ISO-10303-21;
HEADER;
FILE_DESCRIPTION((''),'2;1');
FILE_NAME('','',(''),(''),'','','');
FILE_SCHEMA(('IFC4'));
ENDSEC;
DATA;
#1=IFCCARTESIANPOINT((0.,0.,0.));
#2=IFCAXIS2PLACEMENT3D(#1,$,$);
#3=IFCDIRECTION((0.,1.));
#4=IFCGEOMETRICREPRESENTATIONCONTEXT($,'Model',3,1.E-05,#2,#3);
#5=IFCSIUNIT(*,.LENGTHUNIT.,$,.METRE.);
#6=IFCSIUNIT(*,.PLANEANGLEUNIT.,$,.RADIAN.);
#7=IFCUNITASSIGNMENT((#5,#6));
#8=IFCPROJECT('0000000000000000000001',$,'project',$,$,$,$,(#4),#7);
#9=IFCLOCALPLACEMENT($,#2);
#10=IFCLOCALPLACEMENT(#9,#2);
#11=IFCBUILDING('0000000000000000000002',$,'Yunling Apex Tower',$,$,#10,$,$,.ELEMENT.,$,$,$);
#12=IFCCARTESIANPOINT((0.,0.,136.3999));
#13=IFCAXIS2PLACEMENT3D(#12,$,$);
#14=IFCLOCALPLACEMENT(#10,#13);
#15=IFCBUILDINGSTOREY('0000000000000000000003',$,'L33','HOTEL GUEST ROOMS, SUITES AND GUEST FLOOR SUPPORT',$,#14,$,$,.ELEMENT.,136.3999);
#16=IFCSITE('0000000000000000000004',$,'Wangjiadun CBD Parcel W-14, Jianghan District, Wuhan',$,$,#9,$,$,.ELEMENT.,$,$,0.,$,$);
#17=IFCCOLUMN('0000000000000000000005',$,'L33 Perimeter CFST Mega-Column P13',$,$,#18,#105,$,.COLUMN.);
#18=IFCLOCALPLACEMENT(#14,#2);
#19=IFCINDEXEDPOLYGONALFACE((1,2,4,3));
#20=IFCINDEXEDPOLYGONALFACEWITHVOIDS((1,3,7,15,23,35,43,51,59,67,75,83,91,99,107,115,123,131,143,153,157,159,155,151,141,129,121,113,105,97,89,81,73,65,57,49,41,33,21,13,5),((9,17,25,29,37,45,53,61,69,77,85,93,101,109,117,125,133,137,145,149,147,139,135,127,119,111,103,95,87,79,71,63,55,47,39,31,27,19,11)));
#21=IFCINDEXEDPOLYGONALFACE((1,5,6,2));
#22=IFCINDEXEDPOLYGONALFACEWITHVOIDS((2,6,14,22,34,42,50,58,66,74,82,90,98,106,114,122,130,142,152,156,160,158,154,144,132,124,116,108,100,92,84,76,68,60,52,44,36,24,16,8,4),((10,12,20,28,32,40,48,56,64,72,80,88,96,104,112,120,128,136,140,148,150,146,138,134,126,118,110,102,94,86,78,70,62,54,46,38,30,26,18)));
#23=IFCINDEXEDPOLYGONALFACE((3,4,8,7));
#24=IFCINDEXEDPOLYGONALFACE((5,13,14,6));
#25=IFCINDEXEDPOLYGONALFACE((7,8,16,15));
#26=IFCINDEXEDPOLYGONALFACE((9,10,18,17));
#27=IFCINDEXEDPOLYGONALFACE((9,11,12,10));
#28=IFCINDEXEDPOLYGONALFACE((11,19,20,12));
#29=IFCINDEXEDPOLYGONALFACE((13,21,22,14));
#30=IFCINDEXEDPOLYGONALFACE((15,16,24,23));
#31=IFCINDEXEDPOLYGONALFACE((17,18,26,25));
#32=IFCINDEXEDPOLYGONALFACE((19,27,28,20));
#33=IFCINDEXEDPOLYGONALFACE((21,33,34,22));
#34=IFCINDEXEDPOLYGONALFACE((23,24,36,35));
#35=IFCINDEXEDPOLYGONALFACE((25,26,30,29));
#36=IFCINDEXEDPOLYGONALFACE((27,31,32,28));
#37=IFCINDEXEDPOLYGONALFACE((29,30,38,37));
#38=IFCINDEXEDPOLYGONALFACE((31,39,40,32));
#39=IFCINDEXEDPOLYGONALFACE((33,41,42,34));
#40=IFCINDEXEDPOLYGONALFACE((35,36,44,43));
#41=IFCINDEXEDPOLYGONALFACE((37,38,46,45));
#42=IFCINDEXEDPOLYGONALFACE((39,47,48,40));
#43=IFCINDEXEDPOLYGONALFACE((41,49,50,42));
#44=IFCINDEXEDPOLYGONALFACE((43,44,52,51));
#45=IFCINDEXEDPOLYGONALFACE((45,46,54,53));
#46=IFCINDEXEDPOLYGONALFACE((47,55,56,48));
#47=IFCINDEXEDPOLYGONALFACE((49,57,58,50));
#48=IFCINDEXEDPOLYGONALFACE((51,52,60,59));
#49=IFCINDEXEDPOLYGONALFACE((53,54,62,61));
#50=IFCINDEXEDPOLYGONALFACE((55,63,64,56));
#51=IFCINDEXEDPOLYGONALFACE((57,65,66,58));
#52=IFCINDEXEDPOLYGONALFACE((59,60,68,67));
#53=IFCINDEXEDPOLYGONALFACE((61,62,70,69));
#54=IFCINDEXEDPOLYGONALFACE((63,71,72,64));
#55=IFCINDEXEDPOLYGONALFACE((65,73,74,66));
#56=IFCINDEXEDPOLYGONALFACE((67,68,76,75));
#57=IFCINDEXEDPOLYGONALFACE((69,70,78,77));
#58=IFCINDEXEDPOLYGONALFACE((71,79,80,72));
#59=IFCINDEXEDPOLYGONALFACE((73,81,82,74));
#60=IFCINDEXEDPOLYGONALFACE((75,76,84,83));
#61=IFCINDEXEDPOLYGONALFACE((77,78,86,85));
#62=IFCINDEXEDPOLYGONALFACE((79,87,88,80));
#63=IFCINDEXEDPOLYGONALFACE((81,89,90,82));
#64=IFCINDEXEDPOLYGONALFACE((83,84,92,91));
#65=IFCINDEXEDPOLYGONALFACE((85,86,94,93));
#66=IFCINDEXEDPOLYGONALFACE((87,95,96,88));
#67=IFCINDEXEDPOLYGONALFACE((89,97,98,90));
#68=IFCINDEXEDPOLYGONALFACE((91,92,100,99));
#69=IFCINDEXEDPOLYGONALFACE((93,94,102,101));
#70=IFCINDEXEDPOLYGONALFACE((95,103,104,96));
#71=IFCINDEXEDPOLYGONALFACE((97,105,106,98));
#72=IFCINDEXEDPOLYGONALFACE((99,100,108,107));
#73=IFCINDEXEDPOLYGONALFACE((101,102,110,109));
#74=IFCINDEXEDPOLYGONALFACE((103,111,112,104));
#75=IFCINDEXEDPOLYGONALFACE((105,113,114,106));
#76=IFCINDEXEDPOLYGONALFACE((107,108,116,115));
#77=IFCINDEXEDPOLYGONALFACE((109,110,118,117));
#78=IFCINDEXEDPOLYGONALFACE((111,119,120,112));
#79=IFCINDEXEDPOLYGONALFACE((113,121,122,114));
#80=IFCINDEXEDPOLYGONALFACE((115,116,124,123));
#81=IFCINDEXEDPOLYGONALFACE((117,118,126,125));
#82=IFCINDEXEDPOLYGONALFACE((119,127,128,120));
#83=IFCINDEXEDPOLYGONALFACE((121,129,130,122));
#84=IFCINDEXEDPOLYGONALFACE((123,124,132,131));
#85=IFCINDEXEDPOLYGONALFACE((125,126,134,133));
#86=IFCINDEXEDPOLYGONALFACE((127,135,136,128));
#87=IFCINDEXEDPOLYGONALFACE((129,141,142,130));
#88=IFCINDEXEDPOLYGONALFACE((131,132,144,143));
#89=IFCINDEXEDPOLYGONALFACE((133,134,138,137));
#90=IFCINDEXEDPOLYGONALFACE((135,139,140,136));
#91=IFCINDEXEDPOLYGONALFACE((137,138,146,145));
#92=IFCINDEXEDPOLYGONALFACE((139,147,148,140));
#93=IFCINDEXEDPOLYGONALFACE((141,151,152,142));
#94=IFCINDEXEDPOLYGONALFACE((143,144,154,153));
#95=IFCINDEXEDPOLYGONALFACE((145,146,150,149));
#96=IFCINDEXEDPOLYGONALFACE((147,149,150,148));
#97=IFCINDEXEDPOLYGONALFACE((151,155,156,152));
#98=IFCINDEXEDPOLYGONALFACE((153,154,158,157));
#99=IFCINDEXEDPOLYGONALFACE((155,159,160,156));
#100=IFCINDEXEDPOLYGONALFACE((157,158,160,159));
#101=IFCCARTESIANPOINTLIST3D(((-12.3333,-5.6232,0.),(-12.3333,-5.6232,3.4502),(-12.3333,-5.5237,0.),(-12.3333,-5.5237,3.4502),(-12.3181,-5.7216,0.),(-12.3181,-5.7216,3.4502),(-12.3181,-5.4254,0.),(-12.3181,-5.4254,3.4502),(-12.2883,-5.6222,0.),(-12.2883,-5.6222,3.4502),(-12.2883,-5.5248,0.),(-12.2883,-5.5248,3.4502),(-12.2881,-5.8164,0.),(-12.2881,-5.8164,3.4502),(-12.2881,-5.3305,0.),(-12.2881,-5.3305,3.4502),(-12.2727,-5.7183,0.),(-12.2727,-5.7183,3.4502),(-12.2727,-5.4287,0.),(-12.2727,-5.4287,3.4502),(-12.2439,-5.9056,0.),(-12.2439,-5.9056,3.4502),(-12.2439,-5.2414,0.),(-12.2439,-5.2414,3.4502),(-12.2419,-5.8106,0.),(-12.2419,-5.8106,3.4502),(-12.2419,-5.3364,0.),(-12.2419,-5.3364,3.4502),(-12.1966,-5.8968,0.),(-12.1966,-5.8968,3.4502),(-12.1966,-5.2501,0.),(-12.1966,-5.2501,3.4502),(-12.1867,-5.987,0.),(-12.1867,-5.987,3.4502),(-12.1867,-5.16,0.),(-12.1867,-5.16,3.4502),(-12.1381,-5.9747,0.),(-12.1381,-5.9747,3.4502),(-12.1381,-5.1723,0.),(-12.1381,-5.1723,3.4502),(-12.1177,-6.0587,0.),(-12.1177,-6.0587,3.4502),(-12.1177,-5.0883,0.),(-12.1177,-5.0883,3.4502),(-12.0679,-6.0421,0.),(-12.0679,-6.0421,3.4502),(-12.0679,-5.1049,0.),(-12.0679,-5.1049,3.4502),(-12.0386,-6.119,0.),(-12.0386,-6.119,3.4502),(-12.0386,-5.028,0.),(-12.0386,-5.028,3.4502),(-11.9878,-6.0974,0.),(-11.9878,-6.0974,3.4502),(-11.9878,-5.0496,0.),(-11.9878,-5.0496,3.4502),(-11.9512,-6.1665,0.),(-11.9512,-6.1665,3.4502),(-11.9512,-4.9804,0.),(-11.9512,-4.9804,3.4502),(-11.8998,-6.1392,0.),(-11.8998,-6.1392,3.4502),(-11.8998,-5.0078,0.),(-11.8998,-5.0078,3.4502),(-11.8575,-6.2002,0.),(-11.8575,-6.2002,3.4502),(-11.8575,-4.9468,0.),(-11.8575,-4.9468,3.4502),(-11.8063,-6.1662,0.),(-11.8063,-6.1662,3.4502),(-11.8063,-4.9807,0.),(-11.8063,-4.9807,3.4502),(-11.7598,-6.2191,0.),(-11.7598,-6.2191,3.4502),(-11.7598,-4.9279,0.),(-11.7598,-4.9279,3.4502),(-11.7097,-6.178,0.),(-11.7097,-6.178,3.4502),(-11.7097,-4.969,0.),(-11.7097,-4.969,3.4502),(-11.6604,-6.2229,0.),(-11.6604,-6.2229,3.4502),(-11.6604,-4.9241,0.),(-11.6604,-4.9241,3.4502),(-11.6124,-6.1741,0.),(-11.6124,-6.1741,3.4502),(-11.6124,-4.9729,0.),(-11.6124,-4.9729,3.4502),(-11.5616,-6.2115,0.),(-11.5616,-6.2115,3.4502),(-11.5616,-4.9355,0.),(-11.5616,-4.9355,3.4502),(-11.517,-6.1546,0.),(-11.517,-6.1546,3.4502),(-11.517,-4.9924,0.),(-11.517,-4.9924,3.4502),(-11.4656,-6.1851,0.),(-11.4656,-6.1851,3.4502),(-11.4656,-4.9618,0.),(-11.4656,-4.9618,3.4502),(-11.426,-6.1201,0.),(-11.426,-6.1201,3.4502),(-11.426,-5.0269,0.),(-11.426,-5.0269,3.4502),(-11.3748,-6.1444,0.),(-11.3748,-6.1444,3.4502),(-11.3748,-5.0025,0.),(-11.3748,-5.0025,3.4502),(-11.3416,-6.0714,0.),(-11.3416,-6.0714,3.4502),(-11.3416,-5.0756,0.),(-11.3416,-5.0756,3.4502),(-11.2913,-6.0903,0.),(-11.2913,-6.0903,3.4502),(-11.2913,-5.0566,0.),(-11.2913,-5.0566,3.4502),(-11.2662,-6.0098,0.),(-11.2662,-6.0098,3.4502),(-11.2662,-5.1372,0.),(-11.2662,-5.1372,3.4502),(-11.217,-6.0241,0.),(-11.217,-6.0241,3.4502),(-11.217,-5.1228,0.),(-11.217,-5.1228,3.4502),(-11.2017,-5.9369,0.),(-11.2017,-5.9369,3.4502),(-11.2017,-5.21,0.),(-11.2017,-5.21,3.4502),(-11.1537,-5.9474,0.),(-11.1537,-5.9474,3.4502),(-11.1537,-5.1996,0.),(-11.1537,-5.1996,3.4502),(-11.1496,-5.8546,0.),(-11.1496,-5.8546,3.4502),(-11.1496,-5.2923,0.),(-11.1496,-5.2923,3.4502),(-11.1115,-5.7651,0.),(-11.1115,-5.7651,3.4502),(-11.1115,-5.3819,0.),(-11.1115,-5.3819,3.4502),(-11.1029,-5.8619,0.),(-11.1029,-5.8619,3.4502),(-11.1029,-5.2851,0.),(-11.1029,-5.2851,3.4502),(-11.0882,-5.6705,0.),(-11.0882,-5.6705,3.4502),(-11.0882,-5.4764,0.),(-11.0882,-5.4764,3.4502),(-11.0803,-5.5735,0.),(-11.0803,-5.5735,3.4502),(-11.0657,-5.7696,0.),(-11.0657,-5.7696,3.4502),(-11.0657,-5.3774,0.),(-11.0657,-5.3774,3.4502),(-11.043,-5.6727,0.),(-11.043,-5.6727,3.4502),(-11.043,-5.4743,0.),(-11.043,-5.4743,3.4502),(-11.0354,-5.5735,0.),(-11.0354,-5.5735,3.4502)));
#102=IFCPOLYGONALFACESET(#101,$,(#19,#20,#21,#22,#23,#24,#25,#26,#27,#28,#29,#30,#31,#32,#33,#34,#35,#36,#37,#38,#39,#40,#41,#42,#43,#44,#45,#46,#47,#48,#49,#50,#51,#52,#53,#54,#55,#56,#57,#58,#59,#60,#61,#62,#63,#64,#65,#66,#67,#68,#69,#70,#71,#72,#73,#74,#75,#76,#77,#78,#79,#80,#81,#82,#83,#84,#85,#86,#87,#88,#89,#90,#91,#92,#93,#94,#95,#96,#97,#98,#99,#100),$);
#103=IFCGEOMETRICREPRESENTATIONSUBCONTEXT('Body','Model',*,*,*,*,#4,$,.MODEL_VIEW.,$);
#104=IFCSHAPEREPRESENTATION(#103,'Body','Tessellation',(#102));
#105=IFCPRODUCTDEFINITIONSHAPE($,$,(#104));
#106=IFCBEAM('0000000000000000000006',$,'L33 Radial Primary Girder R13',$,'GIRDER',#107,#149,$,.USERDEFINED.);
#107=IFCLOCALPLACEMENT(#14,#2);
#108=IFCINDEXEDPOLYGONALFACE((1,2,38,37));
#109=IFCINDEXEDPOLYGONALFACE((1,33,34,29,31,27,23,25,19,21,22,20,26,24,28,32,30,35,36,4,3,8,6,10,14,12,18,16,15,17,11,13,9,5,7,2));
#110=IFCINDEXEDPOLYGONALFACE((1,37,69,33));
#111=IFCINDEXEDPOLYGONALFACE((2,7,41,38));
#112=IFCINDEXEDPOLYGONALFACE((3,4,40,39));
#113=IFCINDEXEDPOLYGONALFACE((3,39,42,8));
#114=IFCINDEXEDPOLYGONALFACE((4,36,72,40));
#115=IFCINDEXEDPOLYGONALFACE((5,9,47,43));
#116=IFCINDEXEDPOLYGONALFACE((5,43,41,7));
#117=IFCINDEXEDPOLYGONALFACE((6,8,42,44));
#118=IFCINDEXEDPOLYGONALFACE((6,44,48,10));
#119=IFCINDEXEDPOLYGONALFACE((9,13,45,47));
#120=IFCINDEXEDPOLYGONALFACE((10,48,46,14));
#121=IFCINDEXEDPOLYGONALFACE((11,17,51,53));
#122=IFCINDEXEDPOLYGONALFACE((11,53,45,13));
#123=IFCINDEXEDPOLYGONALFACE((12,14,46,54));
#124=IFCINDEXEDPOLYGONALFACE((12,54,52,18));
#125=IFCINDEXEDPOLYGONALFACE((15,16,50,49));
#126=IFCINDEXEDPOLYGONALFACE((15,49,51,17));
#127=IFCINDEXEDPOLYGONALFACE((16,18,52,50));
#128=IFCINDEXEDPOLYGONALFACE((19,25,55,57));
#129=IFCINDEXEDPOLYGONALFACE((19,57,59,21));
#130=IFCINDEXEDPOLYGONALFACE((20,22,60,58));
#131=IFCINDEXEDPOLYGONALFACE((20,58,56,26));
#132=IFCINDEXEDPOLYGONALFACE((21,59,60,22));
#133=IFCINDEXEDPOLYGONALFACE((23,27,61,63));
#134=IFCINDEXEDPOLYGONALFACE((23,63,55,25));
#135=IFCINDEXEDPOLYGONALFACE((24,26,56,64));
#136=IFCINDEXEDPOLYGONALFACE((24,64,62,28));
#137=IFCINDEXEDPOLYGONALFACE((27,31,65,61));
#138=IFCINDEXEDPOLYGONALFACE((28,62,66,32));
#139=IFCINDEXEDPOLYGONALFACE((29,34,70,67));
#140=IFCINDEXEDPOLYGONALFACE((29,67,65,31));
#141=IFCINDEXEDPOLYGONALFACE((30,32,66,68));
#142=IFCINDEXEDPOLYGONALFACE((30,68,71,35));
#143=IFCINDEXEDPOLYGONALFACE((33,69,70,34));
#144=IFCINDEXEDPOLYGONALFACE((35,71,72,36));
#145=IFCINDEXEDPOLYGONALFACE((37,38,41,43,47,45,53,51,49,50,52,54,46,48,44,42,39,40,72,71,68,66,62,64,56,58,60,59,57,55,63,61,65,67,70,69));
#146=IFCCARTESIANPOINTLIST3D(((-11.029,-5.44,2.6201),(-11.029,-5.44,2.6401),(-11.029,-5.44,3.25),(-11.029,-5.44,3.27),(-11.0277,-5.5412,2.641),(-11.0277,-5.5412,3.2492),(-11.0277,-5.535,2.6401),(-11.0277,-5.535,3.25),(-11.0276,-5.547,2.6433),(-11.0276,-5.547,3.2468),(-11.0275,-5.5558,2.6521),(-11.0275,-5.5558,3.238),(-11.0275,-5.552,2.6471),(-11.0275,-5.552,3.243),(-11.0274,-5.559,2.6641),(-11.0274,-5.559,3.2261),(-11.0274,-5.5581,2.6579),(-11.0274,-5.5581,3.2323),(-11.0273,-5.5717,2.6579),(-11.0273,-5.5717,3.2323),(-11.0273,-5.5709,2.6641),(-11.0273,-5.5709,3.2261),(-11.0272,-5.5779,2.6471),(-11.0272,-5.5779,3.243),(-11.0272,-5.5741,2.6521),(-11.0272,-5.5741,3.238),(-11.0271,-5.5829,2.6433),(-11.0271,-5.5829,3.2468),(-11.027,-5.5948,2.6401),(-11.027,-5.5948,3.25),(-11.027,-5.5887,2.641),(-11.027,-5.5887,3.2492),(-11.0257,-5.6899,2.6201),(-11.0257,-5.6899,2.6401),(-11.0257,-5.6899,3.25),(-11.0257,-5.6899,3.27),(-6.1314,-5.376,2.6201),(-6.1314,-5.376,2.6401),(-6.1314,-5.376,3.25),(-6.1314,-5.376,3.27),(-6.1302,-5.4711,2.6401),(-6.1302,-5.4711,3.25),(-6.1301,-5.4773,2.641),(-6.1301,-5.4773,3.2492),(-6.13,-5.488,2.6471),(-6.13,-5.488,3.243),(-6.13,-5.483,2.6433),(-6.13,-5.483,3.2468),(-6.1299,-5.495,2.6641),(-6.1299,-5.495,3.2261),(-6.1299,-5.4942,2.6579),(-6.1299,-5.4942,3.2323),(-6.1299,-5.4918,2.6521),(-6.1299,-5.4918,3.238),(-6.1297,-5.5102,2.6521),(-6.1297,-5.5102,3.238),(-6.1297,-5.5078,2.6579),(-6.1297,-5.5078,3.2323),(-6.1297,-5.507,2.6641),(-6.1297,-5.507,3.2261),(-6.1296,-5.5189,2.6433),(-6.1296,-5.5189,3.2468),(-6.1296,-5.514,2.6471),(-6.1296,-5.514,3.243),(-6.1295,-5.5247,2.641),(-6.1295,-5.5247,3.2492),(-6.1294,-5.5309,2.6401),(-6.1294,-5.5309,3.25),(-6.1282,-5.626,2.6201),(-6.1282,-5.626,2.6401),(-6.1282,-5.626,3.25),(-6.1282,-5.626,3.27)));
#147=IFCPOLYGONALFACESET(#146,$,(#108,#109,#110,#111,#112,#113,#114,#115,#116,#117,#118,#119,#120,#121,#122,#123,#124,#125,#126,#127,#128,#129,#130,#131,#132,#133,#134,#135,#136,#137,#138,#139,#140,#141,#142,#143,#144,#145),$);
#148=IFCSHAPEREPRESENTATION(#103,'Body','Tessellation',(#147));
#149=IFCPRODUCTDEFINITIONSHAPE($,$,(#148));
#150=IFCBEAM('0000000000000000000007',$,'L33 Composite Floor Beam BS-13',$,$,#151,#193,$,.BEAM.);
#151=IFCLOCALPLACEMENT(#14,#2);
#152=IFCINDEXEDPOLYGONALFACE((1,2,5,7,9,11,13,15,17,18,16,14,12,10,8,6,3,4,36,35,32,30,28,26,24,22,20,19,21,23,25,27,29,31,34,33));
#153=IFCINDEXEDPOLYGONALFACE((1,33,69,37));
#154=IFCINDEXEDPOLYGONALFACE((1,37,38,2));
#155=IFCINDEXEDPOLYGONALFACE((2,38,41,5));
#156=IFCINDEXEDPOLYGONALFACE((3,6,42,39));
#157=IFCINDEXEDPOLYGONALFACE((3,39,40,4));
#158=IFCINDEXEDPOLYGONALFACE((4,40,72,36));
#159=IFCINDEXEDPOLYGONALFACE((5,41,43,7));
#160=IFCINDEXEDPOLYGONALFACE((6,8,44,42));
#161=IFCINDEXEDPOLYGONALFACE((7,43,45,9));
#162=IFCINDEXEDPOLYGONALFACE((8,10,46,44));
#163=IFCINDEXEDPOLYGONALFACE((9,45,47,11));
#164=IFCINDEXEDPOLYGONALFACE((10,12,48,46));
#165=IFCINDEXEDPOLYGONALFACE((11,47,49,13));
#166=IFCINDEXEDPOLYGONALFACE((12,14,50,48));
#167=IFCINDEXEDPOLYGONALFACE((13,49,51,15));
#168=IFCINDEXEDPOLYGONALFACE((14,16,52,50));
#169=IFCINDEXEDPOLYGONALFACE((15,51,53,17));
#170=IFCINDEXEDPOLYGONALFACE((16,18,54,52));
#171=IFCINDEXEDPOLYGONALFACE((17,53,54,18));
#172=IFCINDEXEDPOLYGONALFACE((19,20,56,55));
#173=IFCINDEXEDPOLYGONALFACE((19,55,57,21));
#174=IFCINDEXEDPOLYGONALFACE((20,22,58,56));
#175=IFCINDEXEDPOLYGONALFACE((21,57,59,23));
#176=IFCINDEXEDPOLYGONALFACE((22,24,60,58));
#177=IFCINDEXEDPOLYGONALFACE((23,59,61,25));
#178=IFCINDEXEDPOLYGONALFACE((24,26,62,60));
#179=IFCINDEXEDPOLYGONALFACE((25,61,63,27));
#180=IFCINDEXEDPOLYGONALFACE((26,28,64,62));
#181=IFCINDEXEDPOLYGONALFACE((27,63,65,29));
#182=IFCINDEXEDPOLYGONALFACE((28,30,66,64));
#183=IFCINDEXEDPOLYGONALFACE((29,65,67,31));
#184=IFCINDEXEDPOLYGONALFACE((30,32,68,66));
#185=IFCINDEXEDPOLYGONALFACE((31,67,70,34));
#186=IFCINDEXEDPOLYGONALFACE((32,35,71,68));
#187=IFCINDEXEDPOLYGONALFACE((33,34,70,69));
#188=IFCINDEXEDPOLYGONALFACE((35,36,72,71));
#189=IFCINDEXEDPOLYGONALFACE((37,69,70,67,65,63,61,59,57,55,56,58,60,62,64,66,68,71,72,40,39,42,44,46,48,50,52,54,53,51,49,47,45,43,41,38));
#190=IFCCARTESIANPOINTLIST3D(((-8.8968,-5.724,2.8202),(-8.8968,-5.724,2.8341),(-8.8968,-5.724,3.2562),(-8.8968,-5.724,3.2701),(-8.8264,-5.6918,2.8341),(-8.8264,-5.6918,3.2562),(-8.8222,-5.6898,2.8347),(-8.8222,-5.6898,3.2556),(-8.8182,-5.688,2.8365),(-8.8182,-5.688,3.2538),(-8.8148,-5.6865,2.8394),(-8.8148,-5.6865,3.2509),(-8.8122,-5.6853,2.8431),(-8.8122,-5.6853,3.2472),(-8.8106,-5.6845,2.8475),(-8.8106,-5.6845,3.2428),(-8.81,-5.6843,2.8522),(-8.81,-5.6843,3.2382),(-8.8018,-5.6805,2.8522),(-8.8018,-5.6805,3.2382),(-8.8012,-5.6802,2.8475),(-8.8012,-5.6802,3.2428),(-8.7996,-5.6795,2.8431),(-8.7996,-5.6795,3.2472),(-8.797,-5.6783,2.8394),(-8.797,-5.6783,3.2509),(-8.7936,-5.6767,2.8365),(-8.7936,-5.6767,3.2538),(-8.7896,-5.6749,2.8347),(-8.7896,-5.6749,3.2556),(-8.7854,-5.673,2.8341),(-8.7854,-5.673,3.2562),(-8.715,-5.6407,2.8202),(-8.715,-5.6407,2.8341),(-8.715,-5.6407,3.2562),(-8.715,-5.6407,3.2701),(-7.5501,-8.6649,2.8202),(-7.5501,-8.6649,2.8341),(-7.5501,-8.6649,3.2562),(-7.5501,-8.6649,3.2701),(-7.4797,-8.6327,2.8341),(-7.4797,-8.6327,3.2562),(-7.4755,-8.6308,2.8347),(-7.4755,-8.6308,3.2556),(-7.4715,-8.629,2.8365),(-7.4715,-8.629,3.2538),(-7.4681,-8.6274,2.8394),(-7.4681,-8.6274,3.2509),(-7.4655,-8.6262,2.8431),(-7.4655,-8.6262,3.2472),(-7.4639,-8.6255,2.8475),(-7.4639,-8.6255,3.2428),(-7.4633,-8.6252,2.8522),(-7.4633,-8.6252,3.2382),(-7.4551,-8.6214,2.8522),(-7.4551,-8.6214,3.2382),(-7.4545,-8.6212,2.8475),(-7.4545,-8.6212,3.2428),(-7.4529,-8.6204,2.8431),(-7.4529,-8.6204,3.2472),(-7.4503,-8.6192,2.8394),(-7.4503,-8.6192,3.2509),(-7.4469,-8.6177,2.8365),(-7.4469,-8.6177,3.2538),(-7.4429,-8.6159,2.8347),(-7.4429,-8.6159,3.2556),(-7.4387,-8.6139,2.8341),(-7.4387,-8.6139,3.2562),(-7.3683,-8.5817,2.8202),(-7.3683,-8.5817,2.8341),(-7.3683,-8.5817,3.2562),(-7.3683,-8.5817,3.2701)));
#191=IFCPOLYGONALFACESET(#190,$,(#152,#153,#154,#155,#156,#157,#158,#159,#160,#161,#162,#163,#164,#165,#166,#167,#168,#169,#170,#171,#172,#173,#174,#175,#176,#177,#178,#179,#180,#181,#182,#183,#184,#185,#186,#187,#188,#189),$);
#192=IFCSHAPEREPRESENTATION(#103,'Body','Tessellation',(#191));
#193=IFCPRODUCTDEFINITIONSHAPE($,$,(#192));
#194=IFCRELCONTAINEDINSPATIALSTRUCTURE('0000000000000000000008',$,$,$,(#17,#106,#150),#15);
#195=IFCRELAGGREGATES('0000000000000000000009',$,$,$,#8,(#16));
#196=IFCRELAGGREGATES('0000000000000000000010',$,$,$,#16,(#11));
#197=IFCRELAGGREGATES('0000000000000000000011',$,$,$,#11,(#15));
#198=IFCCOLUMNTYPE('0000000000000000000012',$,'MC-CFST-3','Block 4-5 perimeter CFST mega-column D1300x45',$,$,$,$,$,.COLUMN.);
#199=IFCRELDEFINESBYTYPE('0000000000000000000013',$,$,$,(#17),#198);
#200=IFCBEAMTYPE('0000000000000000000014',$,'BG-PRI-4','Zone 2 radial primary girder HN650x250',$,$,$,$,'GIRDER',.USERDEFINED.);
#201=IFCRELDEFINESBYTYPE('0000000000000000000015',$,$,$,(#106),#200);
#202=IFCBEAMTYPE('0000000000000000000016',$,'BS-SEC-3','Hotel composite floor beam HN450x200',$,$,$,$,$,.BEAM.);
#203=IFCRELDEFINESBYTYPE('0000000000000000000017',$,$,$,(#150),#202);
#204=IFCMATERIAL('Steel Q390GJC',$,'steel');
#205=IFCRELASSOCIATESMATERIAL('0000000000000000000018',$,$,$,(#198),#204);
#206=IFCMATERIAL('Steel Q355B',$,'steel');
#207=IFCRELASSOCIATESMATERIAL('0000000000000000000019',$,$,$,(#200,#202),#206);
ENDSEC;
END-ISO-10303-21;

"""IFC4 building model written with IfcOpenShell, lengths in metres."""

from ifc_helpers import new_model, si_unit, direction, frame, origin, origin_2d, place, context, subcontext, project, spatial, hollow_circle, i_section, extrude, source, transform, mapped, material, material_profile, profile_set, type_object, element, save


model = new_model("IFC4")

# Units and contexts
model_context = context("Model", 3, precision=1e-05, world=origin(), true_north=direction((0.0, 1.0)))
body_context = subcontext(model_context, "Body", "Model", "MODEL_VIEW")
ifc_project = project(units=[si_unit("LENGTHUNIT", "METRE"), si_unit("PLANEANGLEUNIT", "RADIAN")], contexts=[model_context])

# Site, building, storey
site_placement = place(None, origin())
site = spatial("IfcSite", under=ifc_project, at=site_placement, Name="Wangjiadun CBD Parcel W-14, Jianghan District, Wuhan", CompositionType="ELEMENT", RefElevation=0.0)
building_placement = place(site_placement, origin())
building = spatial("IfcBuilding", under=site, at=building_placement, Name="Yunling Apex Tower", CompositionType="ELEMENT")
storey_placement = place(building_placement, frame((0.0, 0.0, 136.3999)))
storey = spatial("IfcBuildingStorey", under=building, at=storey_placement, Name="L33", Description="HOTEL GUEST ROOMS, SUITES AND GUEST FLOOR SUPPORT", CompositionType="ELEMENT", Elevation=136.3999)

# Column
ifc_material_1 = material(Name="Steel Q390GJC", Category="steel")
ifc_material_profile_1 = material_profile(ifc_material_1, hollow_circle(Radius=0.6499, WallThickness=0.0449, at=origin_2d()))
ifc_profile_set_1 = profile_set([ifc_material_profile_1], Name="Steel Q390GJC")
column_type = type_object("IfcColumnType", Name="MC-CFST-3", Description="Block 4-5 perimeter CFST mega-column D1300x45", PredefinedType="COLUMN", material=ifc_profile_set_1)
shared_shape_1 = source(origin(), body_context, "Body", "SweptSolid", [
    extrude(hollow_circle(Radius=0.6499, WallThickness=0.0449, at=origin_2d()), origin(), (0.0, 0.0, 1.0), 3.4502),
])
column_placement = place(storey_placement, frame((-11.6853, -5.5735, 0.0), z_axis=(0.0, 0.0, 1.0), x_axis=(1.0, 0.0, 0.0)))
element("IfcColumn", 1, at=column_placement, inside=storey, type_object=column_type, Name="L33 Perimeter CFST Mega-Column P13", PredefinedType="COLUMN", context=body_context, shape_type="MappedRepresentation", body=[
    mapped(shared_shape_1, transform((0.0, 0.0, 0.0), scale=1.0)),
])

# Beams
ifc_material_2 = material(Name="Steel Q355B", Category="steel")
ifc_material_profile_2 = material_profile(ifc_material_2, i_section(OverallWidth=0.25, OverallDepth=0.6499, WebThickness=0.012, FlangeThickness=0.02, FilletRadius=0.0239, at=origin_2d()))
ifc_profile_set_2 = profile_set([ifc_material_profile_2], Name="Steel Q355B")
beam_type_1 = type_object("IfcBeamType", Name="BG-PRI-4", Description="Zone 2 radial primary girder HN650x250", ElementType="GIRDER", PredefinedType="USERDEFINED", material=ifc_profile_set_2)
shared_shape_2 = source(origin(), body_context, "Body", "SweptSolid", [
    extrude(i_section(OverallWidth=0.25, OverallDepth=0.6499, WebThickness=0.012, FlangeThickness=0.02, FilletRadius=0.0239, at=origin_2d()), origin(), (0.0, 0.0, 1.0), 4.8979),
])
beam_1_placement = place(storey_placement, frame((-11.0273, -5.5649, 2.9451), z_axis=(0.999915, 0.01306, 0.0), x_axis=(-0.01306, 0.999915, 0.0)))
element("IfcBeam", 2, at=beam_1_placement, inside=storey, type_object=beam_type_1, Name="L33 Radial Primary Girder R13", ObjectType="GIRDER", PredefinedType="USERDEFINED", context=body_context, shape_type="MappedRepresentation", body=[
    mapped(shared_shape_2, transform((0.0, 0.0, 0.0), scale=1.0)),
])
ifc_material_profile_3 = material_profile(ifc_material_2, i_section(OverallWidth=0.2, OverallDepth=0.45, WebThickness=0.009, FlangeThickness=0.0139, FilletRadius=0.0181, at=origin_2d()))
ifc_profile_set_3 = profile_set([ifc_material_profile_3], Name="Steel Q355B")
beam_type_2 = type_object("IfcBeamType", Name="BS-SEC-3", Description="Hotel composite floor beam HN450x200", PredefinedType="BEAM", material=ifc_profile_set_3)
shared_shape_3 = source(origin(), body_context, "Body", "SweptSolid", [
    extrude(i_section(OverallWidth=0.2, OverallDepth=0.45, WebThickness=0.009, FlangeThickness=0.0139, FilletRadius=0.0181, at=origin_2d()), origin(), (0.0, 0.0, 1.0), 3.2346),
])
beam_2_placement = place(storey_placement, frame((-8.8059, -5.6824, 3.0452), z_axis=(0.416338, -0.90921, 0.0), x_axis=(0.90921, 0.416338, 0.0)))
element("IfcBeam", 3, at=beam_2_placement, inside=storey, type_object=beam_type_2, Name="L33 Composite Floor Beam BS-13", PredefinedType="BEAM", context=body_context, shape_type="MappedRepresentation", body=[
    mapped(shared_shape_3, transform((0.0, 0.0, 0.0), scale=1.0)),
])

save(model, "model.ifc")
